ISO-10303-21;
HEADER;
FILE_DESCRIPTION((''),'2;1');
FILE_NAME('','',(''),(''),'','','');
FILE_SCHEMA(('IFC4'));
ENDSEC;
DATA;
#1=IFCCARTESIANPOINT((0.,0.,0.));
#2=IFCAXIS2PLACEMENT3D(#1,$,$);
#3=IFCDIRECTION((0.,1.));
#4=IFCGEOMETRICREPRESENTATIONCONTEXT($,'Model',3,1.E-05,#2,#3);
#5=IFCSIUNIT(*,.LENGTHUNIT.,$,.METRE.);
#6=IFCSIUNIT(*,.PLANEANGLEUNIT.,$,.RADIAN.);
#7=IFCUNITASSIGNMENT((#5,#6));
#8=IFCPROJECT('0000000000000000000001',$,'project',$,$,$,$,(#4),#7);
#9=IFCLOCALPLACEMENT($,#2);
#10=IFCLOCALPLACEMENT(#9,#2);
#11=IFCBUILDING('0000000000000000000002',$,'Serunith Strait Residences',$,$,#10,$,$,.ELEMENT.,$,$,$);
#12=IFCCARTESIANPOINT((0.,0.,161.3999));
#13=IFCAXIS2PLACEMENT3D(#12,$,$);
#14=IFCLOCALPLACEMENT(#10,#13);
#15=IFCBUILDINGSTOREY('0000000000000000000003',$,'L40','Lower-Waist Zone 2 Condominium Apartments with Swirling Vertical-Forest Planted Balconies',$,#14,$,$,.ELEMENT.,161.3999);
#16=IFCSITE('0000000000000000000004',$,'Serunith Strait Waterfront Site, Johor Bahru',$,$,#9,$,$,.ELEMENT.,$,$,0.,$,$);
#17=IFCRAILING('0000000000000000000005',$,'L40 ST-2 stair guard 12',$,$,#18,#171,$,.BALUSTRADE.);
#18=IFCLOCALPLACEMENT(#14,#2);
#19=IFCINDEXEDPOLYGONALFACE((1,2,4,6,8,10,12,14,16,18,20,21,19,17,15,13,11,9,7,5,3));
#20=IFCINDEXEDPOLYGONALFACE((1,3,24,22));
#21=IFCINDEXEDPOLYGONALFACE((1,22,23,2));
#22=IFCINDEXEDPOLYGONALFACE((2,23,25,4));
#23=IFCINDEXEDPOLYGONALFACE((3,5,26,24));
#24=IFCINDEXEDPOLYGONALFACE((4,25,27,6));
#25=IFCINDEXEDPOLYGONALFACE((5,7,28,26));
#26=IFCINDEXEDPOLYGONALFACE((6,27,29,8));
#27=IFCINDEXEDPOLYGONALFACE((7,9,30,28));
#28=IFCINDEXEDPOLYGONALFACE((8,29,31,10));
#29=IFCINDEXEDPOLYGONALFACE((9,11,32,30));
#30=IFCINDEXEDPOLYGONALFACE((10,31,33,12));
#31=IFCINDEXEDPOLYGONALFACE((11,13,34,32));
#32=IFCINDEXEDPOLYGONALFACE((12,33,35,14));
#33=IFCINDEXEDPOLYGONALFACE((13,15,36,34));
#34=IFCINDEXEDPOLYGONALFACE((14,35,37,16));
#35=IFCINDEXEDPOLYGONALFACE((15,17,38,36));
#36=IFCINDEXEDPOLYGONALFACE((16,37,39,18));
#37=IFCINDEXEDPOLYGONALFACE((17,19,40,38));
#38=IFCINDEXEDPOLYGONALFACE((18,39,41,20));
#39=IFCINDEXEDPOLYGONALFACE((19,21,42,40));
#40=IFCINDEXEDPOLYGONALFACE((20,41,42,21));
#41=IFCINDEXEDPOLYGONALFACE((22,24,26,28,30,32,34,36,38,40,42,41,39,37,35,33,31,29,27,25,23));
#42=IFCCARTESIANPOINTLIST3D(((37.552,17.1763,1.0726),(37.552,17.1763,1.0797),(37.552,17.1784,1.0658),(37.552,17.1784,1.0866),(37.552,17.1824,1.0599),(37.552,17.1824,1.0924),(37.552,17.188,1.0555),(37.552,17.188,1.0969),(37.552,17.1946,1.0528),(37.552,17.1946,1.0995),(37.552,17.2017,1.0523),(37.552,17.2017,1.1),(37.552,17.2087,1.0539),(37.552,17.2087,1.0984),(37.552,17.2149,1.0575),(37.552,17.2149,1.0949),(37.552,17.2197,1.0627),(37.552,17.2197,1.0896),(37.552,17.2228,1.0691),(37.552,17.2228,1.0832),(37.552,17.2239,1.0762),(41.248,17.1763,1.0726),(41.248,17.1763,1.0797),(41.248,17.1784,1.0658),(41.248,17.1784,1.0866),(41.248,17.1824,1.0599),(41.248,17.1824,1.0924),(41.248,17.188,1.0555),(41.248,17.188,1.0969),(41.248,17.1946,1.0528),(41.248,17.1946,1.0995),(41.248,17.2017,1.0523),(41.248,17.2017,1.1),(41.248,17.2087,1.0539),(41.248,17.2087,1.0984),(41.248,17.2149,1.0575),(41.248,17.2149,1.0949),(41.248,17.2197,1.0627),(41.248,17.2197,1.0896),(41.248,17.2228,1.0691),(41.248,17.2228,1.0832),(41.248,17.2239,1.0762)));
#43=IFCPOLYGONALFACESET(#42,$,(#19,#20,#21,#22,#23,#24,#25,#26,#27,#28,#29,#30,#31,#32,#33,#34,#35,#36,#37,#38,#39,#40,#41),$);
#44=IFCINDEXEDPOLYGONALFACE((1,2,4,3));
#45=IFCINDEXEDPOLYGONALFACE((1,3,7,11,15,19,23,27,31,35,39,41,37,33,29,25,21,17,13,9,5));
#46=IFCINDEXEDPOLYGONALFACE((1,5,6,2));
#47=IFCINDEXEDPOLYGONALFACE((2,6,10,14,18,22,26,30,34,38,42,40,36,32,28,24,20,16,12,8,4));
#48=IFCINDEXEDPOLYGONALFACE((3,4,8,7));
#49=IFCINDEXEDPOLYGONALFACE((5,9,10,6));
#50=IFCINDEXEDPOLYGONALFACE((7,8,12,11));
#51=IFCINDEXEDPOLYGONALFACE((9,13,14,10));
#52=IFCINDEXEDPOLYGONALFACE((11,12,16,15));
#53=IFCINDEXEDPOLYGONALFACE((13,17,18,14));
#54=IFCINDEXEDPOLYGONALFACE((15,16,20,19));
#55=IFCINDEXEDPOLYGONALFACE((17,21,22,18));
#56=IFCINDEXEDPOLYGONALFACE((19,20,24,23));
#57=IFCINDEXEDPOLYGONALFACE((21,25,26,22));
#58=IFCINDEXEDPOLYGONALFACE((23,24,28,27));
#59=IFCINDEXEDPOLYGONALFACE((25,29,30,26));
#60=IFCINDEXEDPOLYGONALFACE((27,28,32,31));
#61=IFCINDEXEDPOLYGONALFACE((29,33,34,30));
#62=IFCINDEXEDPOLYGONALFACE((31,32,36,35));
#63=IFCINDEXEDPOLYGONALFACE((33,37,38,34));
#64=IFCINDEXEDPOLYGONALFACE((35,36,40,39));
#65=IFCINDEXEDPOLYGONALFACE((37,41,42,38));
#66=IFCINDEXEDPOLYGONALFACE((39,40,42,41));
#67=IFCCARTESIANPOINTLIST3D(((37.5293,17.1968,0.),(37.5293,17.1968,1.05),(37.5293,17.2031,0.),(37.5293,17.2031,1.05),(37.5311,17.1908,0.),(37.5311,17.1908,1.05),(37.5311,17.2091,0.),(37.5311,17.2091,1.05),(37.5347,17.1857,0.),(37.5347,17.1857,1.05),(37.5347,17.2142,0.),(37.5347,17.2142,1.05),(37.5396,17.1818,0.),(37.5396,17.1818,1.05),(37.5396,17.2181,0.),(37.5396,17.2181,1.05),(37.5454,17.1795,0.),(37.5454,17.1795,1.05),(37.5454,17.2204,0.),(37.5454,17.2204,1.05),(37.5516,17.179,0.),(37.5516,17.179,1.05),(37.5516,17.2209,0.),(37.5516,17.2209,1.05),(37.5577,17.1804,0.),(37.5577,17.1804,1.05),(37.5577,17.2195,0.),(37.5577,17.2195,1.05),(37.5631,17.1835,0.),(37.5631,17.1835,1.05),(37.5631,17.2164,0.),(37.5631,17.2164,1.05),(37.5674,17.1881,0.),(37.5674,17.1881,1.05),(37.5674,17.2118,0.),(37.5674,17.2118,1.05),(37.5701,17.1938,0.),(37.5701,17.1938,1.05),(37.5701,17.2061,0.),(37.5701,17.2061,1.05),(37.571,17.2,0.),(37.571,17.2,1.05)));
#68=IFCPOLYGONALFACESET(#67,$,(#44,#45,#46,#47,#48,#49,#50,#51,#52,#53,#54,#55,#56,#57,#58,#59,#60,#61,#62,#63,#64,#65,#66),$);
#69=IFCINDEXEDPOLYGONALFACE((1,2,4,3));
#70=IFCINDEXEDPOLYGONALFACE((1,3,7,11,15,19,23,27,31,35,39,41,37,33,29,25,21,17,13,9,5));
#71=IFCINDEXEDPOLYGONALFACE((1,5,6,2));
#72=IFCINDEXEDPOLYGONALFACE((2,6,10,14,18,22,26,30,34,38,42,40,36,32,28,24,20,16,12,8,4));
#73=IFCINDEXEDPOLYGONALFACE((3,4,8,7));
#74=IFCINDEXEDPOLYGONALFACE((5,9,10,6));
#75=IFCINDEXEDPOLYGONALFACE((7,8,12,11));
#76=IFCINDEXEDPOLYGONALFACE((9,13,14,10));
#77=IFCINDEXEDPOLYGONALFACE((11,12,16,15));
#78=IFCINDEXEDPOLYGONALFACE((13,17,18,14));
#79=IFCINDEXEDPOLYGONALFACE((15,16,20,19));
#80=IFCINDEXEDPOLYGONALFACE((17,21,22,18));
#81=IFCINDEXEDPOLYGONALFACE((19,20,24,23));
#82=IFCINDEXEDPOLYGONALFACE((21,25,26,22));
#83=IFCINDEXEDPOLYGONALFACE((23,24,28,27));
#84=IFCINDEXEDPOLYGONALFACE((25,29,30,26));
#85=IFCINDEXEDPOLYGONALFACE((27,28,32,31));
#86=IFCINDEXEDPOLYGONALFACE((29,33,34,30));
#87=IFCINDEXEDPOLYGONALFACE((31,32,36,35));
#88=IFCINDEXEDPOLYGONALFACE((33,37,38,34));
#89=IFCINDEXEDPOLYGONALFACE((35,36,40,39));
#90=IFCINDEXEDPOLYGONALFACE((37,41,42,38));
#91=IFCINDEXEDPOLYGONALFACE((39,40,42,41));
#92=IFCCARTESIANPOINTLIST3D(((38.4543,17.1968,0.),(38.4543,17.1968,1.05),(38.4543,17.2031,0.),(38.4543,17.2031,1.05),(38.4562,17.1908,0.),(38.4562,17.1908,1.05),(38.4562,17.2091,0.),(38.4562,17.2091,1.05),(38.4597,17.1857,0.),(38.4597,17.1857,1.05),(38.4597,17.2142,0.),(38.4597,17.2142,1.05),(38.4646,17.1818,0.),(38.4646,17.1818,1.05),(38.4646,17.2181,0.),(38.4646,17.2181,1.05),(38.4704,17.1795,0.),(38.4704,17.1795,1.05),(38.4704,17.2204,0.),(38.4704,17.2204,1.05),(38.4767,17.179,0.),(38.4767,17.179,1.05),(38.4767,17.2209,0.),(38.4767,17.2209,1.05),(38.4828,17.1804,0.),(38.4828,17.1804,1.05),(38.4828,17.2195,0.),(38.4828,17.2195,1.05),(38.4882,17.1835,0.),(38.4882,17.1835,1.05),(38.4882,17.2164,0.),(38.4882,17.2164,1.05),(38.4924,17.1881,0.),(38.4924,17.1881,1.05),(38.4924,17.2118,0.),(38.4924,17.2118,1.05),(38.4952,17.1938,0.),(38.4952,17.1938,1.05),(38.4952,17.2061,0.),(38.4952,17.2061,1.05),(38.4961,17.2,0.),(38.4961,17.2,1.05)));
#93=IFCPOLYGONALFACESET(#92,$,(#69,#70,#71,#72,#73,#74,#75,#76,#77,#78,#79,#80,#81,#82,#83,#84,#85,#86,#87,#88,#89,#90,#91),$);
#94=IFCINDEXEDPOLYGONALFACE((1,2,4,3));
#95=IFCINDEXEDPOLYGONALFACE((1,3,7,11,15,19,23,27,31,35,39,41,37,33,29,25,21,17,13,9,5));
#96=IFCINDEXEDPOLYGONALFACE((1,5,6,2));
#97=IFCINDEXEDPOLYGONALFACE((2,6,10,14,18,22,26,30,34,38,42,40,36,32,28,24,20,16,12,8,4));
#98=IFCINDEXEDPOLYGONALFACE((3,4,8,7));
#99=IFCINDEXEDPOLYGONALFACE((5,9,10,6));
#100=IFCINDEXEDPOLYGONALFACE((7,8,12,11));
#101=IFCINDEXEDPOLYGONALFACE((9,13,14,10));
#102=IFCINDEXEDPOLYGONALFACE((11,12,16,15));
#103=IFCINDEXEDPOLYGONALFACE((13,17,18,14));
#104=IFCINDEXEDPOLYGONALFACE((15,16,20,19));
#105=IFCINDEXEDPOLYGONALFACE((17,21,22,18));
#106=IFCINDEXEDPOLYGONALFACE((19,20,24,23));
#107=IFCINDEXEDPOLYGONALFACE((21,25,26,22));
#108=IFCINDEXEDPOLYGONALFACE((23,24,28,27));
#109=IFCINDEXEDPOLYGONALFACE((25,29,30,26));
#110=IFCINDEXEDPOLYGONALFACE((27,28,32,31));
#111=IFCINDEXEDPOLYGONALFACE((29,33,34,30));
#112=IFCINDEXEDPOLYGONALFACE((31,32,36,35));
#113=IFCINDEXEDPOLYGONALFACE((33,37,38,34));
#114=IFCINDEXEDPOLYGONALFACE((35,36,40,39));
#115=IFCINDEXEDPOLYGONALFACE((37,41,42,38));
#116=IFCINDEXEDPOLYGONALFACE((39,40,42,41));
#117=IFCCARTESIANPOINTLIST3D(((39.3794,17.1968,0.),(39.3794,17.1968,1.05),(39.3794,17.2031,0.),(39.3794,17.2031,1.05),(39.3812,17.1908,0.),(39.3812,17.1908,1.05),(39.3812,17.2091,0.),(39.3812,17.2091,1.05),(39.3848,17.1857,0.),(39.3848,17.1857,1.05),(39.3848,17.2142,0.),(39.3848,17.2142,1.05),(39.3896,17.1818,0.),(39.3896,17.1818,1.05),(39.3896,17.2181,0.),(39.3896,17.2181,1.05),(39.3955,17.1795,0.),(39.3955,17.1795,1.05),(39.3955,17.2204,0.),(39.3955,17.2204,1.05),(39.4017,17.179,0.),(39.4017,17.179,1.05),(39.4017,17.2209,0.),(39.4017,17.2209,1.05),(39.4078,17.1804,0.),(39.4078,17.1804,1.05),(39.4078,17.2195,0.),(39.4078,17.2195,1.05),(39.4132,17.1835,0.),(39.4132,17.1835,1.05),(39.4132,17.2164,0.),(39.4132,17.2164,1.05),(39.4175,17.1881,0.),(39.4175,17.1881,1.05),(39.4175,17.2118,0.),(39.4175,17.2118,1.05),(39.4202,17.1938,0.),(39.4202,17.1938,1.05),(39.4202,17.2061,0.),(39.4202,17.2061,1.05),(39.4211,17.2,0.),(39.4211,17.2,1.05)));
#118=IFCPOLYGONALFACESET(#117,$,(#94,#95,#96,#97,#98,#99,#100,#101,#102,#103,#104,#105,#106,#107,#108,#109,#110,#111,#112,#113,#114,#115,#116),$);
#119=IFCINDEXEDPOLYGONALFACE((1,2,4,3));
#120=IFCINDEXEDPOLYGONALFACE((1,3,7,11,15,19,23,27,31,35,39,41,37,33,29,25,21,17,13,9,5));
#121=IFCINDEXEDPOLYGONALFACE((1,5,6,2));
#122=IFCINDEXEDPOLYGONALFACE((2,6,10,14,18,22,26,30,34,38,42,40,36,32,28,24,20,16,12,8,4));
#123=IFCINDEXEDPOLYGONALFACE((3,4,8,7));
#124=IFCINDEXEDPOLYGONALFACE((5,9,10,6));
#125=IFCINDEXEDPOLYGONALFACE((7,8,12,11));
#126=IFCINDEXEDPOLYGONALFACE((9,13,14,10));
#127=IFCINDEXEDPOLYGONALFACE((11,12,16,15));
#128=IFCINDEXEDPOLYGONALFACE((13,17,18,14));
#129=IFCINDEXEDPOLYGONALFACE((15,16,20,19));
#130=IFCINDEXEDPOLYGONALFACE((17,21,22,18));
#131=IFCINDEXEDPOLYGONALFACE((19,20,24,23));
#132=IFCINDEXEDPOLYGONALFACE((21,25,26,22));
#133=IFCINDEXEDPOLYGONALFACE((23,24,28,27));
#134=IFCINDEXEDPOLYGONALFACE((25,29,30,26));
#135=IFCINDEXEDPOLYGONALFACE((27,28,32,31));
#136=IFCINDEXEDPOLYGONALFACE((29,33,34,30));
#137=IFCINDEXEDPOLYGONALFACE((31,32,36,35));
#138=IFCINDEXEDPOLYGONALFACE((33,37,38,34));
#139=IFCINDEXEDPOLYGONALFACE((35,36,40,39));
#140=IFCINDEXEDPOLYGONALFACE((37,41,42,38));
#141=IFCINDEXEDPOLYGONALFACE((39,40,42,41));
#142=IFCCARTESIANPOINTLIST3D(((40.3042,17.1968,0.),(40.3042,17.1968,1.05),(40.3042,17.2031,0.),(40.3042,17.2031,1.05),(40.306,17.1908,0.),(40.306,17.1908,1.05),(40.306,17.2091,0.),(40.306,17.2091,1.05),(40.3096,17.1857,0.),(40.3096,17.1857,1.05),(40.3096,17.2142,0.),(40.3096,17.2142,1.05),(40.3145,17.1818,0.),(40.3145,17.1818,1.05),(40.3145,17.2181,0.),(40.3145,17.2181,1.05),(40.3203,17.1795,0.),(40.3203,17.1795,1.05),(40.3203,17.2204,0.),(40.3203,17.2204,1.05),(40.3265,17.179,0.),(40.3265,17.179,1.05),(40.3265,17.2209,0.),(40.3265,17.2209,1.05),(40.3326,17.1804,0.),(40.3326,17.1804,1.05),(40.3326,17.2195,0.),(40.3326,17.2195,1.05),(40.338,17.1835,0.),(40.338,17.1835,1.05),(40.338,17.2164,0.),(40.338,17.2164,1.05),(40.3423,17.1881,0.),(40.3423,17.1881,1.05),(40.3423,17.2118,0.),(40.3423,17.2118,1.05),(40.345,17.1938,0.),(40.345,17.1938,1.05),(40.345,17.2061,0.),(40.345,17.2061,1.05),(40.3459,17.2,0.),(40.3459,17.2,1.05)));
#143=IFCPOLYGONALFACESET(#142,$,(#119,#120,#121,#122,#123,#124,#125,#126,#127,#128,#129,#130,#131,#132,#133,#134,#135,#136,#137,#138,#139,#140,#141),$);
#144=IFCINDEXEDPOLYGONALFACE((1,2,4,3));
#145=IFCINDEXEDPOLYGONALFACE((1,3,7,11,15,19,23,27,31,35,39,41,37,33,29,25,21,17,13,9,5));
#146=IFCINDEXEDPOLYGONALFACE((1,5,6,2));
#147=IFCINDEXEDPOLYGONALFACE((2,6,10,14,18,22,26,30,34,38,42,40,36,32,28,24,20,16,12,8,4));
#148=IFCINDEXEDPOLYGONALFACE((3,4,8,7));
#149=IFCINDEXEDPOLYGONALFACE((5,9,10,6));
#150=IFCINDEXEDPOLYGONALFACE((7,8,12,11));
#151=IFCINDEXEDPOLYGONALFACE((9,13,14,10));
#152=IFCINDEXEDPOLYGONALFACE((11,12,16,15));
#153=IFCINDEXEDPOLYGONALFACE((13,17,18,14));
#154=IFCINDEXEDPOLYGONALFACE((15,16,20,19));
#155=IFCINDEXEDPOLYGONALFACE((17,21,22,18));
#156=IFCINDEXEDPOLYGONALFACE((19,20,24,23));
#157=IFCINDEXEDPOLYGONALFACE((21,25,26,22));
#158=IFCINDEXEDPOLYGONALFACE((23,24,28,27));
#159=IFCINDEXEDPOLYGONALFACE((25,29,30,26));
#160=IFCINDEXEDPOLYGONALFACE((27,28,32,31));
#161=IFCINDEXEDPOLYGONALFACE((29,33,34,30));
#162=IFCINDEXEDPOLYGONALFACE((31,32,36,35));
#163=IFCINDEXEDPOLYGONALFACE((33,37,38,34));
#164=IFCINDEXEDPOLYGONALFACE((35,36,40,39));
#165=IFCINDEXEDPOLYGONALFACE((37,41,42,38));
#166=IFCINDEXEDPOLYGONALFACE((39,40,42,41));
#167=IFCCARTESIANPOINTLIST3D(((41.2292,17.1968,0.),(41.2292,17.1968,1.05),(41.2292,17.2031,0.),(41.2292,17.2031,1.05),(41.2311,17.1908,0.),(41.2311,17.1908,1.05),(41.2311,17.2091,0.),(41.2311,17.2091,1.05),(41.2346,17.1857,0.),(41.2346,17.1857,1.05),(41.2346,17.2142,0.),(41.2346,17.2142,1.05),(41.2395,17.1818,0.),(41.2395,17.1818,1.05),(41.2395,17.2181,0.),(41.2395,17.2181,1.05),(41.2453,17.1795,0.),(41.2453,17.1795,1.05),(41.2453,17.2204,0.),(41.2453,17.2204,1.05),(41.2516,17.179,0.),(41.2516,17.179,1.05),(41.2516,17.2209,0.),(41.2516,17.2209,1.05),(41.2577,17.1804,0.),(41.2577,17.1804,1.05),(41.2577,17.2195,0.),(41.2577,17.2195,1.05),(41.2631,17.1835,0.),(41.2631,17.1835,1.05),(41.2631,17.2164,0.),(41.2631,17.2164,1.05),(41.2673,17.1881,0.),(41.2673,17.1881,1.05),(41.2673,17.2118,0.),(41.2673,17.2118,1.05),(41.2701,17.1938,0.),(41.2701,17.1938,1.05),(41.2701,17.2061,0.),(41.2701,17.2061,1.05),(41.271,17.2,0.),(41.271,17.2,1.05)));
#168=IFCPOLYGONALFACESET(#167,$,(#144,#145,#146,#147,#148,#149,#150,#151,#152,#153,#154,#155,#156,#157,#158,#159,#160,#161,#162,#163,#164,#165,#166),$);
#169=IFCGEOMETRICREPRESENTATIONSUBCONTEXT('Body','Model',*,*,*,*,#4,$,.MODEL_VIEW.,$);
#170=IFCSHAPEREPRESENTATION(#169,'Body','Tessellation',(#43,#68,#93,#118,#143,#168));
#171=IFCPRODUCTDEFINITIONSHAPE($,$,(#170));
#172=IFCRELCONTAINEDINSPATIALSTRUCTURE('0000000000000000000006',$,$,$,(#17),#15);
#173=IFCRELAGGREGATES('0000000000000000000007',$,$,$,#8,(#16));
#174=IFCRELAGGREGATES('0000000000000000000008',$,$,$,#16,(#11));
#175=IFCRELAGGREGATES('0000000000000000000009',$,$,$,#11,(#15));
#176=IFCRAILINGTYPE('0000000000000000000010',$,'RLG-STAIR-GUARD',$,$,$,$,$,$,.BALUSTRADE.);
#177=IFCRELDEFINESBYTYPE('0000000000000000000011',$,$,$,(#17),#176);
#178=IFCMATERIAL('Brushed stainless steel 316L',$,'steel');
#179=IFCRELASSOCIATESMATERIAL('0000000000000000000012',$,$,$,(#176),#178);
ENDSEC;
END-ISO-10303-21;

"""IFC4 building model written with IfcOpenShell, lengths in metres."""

from ifc_helpers import new_model, si_unit, direction, frame, origin, origin_2d, place, context, subcontext, project, spatial, circle, extrude, material, type_object, element, save


model = new_model("IFC4")

# Units and contexts
model_context = context("Model", 3, precision=1e-05, world=origin(), true_north=direction((0.0, 1.0)))
body_context = subcontext(model_context, "Body", "Model", "MODEL_VIEW")
ifc_project = project(units=[si_unit("LENGTHUNIT", "METRE"), si_unit("PLANEANGLEUNIT", "RADIAN")], contexts=[model_context])

# Site, building, storey
site_placement = place(None, origin())
site = spatial("IfcSite", under=ifc_project, at=site_placement, Name="Serunith Strait Waterfront Site, Johor Bahru", CompositionType="ELEMENT", RefElevation=0.0)
building_placement = place(site_placement, origin())
building = spatial("IfcBuilding", under=site, at=building_placement, Name="Serunith Strait Residences", CompositionType="ELEMENT")
storey_placement = place(building_placement, frame((0.0, 0.0, 161.3999)))
storey = spatial("IfcBuildingStorey", under=building, at=storey_placement, Name="L40", Description="Lower-Waist Zone 2 Condominium Apartments with Swirling Vertical-Forest Planted Balconies", CompositionType="ELEMENT", Elevation=161.3999)

# Railing
ifc_material_1 = material(Name="Brushed stainless steel 316L", Category="steel")
railing_type_1 = type_object("IfcRailingType", Name="RLG-STAIR-GUARD", PredefinedType="BALUSTRADE", material=ifc_material_1)
railing_1_placement = place(storey_placement, frame((37.55, 17.2, 0.0)))
element("IfcRailing", 1, at=railing_1_placement, inside=storey, type_object=railing_type_1, Name="L40 ST-2 stair guard 12", PredefinedType="BALUSTRADE", context=body_context, shape_type="SweptSolid", body=[
    extrude(circle(Radius=0.0239, at=origin_2d()), frame((0.002, 0.0, 1.0762), z_axis=(1.0, 0.0, 0.0), x_axis=(0.0, 1.0, 0.0)), (0.0, 0.0, 1.0), 3.696),
    extrude(circle(Radius=0.021, at=origin_2d()), origin(), (0.0, 0.0, 1.0), 1.05),
    extrude(circle(Radius=0.021, at=origin_2d()), frame((0.925, 0.0, 0.0)), (0.0, 0.0, 1.0), 1.05),
    extrude(circle(Radius=0.021, at=origin_2d()), frame((1.8501, 0.0, 0.0)), (0.0, 0.0, 1.0), 1.05),
    extrude(circle(Radius=0.021, at=origin_2d()), frame((2.7749, 0.0, 0.0)), (0.0, 0.0, 1.0), 1.05),
    extrude(circle(Radius=0.021, at=origin_2d()), frame((3.7, 0.0, 0.0)), (0.0, 0.0, 1.0), 1.05),
])

save(model, "model.ifc")
